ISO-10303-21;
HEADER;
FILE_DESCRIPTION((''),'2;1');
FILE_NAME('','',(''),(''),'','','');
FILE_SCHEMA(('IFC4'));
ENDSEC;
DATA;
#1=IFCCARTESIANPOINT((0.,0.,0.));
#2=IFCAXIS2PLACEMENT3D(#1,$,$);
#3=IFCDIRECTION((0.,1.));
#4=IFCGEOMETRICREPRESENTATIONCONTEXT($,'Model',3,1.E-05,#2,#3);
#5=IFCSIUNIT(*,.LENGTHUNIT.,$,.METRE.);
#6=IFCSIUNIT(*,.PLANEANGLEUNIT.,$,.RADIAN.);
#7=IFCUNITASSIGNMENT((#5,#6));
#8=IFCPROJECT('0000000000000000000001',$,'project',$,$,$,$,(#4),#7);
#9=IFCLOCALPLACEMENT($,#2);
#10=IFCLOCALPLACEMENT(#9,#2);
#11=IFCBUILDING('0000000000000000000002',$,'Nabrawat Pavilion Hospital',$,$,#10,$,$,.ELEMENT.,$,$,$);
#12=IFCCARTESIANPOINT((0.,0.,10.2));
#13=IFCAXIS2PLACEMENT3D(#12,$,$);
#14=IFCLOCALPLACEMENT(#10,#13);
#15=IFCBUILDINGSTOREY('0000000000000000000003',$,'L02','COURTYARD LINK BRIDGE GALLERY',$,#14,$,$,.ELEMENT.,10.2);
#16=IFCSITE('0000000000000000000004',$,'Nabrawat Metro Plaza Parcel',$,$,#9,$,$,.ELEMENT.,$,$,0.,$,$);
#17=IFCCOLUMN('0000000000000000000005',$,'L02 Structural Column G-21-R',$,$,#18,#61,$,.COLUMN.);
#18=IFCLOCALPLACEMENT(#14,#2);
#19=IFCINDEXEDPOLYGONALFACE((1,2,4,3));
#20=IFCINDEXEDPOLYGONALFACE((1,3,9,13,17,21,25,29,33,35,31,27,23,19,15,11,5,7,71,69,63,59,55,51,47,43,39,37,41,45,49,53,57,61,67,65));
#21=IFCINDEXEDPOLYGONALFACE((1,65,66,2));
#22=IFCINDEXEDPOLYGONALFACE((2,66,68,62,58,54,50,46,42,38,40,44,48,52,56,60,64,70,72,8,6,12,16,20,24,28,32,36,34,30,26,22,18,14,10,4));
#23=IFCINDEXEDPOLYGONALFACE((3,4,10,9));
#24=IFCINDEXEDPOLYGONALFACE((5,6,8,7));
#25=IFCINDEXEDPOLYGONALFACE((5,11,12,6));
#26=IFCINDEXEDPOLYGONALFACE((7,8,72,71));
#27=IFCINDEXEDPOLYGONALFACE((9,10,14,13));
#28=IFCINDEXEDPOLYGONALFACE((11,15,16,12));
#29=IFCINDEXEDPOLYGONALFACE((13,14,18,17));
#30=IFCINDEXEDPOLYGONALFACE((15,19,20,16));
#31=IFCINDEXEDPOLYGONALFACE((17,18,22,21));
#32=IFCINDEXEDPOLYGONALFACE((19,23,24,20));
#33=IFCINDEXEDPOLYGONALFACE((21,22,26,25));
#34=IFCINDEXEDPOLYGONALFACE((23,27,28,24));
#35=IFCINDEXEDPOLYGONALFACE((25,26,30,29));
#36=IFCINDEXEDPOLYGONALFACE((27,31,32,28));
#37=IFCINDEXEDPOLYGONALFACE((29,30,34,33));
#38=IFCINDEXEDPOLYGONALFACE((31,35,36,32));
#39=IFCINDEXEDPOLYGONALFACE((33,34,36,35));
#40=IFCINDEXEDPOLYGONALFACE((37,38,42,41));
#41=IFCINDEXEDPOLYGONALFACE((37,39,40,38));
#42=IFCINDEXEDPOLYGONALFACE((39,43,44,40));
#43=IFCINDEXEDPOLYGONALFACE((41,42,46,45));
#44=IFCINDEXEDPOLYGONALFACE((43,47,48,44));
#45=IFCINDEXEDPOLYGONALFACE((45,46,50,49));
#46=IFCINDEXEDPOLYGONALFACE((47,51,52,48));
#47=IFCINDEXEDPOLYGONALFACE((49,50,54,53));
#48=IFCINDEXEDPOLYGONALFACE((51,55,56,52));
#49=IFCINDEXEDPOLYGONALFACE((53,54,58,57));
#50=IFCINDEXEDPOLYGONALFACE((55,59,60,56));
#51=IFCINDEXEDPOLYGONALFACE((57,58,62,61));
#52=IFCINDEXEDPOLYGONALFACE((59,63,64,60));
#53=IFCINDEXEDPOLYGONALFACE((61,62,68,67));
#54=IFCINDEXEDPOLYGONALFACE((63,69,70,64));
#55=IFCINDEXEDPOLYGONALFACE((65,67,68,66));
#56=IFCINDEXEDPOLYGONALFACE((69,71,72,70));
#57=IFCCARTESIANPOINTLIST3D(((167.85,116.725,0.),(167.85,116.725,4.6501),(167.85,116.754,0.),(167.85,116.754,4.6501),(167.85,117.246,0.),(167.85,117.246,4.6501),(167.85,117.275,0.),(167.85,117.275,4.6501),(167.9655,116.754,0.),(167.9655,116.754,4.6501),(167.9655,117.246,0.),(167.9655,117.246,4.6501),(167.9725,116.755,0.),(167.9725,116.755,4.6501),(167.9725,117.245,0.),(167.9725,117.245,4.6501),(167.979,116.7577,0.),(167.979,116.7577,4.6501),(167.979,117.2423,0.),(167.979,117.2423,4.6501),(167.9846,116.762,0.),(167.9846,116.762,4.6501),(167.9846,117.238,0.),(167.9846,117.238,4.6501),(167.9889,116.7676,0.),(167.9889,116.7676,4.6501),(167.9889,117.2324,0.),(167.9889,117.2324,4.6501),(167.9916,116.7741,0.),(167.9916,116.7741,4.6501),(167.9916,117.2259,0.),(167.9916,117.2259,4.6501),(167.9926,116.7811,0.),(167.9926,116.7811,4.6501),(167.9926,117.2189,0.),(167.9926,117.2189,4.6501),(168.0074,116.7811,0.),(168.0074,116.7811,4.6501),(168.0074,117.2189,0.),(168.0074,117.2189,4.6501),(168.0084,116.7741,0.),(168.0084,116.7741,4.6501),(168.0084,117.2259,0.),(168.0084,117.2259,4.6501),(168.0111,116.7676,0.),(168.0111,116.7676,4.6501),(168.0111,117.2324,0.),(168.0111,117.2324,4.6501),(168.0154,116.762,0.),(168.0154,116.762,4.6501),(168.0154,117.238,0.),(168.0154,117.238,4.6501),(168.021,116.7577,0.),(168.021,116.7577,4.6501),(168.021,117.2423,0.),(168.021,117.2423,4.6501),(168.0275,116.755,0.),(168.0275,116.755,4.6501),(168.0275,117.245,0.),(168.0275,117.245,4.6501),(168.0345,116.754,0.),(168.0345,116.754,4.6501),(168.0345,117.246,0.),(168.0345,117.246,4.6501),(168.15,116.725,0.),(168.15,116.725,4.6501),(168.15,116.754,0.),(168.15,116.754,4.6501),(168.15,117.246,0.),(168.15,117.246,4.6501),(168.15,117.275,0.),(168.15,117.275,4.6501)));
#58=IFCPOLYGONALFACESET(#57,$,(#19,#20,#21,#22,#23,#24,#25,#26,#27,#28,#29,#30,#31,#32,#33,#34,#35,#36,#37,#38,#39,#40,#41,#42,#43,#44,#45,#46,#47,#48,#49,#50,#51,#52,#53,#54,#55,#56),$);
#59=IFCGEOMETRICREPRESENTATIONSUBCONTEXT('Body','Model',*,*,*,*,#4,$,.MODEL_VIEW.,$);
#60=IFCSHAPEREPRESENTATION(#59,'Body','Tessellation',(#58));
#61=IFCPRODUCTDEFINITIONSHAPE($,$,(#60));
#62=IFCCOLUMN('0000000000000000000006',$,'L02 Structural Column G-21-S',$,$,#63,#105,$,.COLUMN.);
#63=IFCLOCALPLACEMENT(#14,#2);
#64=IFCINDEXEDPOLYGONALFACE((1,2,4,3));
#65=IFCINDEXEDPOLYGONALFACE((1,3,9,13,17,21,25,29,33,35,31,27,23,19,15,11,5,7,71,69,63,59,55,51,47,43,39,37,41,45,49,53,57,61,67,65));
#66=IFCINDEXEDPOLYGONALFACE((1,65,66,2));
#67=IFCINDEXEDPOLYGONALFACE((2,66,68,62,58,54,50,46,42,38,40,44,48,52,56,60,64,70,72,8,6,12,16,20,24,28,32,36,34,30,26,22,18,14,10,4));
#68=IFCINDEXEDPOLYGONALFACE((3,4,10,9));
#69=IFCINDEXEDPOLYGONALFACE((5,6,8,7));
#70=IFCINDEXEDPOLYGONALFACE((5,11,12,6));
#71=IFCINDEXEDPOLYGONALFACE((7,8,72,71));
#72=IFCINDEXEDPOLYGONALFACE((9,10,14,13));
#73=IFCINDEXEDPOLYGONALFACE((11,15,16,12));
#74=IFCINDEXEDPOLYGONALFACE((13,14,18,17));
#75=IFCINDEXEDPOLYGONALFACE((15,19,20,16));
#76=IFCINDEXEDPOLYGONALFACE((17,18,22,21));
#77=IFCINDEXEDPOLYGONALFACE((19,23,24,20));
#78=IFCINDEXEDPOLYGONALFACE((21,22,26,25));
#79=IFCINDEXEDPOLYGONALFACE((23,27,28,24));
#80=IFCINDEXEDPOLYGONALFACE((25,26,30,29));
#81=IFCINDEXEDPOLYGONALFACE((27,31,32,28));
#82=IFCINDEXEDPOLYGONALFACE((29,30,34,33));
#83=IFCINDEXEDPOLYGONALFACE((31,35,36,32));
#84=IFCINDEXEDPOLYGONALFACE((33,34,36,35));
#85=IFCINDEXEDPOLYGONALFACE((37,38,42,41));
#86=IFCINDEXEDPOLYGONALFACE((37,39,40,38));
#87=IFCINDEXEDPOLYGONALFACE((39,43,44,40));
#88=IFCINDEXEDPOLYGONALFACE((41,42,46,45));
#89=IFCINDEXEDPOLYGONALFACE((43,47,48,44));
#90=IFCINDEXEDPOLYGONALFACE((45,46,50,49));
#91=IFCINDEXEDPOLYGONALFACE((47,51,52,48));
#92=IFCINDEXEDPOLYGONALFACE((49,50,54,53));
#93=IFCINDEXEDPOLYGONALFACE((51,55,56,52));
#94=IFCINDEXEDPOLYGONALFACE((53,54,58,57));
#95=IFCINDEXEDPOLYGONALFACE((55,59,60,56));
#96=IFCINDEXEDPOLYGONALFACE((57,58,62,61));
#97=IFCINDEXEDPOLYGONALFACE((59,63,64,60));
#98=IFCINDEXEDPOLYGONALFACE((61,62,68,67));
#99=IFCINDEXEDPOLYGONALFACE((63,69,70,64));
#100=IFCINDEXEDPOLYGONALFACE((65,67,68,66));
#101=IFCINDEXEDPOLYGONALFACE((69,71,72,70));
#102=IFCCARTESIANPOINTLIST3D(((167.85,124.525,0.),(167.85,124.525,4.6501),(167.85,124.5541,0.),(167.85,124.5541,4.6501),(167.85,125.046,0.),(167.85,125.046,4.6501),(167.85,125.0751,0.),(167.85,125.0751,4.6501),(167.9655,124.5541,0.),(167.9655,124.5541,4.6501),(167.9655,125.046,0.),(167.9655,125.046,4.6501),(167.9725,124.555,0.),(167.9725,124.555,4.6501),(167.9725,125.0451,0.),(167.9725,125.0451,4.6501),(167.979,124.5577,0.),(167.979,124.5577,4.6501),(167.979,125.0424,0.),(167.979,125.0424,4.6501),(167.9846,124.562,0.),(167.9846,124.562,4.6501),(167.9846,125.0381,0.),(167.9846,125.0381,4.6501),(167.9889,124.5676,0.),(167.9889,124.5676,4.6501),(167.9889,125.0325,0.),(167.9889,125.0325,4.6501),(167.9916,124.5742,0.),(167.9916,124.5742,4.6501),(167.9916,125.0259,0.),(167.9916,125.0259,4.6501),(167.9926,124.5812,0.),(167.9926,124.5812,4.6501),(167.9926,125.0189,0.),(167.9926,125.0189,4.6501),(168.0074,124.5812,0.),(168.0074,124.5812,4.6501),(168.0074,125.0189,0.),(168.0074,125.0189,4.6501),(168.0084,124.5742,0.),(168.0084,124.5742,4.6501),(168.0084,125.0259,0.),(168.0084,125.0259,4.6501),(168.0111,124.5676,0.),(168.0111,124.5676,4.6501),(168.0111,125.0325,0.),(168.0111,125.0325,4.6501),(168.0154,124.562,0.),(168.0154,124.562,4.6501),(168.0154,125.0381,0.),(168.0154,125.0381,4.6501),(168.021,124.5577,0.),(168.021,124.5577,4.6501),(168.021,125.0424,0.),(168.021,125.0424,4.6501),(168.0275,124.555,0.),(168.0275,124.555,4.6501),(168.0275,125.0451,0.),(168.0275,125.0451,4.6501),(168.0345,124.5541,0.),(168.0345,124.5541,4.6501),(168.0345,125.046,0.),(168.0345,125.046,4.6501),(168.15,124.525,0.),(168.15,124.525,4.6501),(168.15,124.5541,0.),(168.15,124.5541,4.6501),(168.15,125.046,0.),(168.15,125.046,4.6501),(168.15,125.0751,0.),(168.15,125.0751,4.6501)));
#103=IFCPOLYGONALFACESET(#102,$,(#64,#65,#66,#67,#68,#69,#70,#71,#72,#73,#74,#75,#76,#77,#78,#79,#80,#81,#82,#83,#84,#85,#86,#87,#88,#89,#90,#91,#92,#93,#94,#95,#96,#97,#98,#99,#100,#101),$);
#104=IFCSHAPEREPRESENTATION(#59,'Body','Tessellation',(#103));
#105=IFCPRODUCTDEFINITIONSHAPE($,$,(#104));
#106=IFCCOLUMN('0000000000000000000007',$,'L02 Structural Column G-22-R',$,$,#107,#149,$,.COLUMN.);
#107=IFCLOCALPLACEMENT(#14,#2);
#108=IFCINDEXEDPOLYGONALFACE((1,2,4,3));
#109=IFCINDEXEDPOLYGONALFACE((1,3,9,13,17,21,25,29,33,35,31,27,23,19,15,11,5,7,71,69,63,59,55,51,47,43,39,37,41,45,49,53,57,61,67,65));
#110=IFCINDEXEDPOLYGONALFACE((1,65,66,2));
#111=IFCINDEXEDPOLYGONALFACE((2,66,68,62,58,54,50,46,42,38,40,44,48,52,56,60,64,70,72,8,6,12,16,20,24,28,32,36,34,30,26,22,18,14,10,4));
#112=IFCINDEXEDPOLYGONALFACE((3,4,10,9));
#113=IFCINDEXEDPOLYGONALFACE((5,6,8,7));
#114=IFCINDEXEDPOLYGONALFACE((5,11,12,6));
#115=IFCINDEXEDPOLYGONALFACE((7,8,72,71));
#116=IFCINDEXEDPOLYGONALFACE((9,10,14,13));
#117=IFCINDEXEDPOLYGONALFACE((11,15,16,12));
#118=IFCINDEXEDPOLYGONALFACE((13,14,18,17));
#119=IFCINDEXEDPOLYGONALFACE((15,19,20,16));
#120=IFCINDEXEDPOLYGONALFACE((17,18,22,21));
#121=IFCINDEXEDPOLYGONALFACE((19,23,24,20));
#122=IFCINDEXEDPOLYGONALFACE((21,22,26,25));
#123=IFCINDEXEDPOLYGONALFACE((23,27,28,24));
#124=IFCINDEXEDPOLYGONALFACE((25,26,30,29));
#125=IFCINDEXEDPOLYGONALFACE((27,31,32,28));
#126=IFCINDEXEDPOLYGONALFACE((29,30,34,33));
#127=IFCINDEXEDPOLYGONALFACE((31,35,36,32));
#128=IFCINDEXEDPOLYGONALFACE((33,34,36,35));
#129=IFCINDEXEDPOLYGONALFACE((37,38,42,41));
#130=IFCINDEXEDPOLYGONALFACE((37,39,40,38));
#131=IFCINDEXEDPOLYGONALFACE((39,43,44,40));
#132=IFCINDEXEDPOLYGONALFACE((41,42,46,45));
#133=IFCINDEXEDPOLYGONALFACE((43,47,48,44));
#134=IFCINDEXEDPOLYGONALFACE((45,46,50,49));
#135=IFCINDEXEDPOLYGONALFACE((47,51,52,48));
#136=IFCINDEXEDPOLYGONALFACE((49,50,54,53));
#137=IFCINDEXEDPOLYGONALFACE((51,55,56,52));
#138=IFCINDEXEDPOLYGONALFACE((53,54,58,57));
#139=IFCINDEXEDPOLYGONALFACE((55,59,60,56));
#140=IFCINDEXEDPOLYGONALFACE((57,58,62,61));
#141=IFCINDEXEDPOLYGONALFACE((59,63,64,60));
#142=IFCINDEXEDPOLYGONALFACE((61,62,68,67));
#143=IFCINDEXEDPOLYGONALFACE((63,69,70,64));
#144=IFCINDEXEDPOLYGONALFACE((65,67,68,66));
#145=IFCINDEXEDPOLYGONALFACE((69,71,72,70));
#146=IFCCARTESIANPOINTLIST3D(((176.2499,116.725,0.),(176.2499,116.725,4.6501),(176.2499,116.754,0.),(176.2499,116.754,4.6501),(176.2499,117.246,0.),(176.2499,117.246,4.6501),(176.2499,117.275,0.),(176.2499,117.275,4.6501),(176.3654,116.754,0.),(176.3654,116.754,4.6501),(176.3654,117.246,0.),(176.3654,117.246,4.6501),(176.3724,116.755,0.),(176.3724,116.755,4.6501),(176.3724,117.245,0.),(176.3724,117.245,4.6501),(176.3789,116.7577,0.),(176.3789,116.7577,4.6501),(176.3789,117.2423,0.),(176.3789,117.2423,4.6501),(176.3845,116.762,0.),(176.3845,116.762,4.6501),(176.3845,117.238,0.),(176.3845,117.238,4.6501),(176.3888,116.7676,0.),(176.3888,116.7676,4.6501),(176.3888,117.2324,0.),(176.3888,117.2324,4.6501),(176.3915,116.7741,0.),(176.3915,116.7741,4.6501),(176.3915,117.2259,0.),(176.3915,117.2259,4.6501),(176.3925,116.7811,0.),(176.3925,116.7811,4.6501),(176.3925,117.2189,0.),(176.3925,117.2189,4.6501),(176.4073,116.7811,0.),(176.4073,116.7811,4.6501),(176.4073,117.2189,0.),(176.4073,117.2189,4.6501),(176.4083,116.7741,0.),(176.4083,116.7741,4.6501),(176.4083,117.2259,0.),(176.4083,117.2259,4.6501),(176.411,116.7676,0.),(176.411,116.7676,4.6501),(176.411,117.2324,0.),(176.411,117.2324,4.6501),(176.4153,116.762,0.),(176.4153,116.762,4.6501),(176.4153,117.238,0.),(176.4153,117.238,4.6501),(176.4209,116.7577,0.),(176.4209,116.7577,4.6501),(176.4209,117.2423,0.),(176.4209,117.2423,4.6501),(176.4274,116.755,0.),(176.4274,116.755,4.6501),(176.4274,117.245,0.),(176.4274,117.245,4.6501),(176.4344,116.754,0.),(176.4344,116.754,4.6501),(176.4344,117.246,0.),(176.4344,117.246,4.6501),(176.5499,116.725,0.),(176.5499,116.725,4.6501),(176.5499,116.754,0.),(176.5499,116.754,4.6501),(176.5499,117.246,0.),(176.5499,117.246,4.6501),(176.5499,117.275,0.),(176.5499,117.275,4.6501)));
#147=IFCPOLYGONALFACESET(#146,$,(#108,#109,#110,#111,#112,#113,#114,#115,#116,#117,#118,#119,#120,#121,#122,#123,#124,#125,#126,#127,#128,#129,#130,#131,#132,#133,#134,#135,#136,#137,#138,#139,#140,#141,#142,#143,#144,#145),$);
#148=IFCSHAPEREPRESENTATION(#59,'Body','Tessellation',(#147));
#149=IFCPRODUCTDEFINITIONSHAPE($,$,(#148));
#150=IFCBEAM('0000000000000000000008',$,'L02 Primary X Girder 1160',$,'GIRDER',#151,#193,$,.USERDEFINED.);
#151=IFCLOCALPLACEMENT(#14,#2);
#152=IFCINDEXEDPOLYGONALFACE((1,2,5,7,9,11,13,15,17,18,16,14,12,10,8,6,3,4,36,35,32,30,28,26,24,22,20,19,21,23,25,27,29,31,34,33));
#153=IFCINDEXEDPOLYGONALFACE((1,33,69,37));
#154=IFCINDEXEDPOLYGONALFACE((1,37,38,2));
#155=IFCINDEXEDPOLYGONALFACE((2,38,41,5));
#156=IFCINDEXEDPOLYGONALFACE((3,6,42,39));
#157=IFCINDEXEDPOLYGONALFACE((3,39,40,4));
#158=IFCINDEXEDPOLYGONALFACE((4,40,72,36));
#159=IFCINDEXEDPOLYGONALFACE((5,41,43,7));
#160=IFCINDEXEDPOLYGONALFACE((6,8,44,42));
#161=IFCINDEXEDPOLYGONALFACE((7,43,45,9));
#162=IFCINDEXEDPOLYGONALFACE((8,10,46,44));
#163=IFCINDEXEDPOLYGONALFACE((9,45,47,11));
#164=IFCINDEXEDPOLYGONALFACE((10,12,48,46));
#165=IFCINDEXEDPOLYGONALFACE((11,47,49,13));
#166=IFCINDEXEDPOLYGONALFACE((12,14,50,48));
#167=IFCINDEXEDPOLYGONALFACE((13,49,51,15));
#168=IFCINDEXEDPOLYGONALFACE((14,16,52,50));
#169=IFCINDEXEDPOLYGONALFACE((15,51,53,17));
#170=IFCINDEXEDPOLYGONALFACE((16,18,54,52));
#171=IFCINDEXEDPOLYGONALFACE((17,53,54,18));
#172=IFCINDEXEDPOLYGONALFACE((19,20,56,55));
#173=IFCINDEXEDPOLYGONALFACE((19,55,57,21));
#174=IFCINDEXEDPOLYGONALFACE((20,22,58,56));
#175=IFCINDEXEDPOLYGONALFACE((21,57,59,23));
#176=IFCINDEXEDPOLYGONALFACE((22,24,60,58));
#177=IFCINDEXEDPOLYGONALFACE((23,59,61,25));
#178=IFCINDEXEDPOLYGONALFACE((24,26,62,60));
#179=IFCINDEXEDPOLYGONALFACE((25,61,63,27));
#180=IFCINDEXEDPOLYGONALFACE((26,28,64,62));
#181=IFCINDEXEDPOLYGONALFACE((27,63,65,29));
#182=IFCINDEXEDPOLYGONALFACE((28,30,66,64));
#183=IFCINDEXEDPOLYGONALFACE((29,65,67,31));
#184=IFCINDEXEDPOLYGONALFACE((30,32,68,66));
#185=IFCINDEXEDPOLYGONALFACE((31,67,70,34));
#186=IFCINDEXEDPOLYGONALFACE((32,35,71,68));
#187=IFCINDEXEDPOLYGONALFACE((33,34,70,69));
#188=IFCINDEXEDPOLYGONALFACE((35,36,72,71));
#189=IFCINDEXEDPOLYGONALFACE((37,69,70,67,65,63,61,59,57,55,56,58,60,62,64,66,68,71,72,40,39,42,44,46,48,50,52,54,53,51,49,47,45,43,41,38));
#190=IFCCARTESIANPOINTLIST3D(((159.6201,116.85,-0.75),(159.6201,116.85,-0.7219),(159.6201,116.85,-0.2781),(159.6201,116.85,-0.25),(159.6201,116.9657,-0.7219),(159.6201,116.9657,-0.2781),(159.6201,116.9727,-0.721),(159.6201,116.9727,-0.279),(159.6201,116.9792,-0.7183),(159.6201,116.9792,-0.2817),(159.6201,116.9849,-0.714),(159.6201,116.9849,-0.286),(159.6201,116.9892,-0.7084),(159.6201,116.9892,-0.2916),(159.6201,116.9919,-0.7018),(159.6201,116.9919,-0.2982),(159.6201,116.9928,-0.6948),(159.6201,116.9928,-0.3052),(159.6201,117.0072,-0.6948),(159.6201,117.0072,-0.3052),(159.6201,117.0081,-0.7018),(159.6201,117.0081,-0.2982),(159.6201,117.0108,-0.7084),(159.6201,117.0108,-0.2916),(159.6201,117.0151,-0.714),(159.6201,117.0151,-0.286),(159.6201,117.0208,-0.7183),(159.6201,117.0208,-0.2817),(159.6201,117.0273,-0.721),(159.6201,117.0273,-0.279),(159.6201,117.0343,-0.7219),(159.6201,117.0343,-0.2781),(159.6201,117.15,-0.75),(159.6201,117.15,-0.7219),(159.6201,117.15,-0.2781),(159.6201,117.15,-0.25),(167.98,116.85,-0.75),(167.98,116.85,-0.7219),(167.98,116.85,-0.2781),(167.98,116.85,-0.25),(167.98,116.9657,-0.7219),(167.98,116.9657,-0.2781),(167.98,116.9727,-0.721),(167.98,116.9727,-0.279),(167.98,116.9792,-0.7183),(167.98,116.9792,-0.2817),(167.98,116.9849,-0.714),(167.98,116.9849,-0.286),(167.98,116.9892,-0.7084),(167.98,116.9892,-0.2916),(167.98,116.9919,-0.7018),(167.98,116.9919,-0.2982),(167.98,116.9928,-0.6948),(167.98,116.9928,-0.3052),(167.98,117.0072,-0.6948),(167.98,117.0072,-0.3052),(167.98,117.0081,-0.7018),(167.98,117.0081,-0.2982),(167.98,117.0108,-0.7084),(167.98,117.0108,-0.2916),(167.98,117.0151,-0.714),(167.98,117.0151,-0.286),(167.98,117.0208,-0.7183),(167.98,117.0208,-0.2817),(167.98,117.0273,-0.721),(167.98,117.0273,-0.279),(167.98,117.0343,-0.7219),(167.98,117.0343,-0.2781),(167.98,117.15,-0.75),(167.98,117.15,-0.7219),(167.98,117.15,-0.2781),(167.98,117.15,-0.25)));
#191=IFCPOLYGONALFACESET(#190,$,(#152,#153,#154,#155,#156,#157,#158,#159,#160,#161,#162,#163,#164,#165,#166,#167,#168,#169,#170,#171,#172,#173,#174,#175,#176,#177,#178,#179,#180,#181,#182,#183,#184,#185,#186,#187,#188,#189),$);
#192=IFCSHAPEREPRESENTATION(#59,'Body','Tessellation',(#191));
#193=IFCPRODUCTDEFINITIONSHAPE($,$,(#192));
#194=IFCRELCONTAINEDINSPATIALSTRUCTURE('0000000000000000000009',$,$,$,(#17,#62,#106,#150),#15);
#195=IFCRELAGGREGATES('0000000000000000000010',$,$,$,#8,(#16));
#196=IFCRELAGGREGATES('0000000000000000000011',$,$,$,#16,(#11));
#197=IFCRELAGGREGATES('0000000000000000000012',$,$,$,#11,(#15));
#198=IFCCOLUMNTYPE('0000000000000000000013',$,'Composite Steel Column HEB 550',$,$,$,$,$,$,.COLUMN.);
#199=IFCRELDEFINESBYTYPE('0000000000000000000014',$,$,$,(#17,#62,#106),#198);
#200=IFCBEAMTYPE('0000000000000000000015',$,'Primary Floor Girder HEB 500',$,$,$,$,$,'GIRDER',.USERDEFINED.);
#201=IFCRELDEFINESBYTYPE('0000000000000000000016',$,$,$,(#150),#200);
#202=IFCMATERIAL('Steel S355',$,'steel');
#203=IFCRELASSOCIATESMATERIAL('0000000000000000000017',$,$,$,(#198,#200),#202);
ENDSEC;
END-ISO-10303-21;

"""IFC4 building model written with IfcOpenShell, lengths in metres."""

from ifc_helpers import new_model, si_unit, direction, frame, origin, origin_2d, place, context, subcontext, project, spatial, i_section, extrude, material, material_profile, profile_set, type_object, element, save


model = new_model("IFC4")

# Units and contexts
model_context = context("Model", 3, precision=1e-05, world=origin(), true_north=direction((0.0, 1.0)))
body_context = subcontext(model_context, "Body", "Model", "MODEL_VIEW")
ifc_project = project(units=[si_unit("LENGTHUNIT", "METRE"), si_unit("PLANEANGLEUNIT", "RADIAN")], contexts=[model_context])

# Site, building, storey
site_placement = place(None, origin())
site = spatial("IfcSite", under=ifc_project, at=site_placement, Name="Nabrawat Metro Plaza Parcel", CompositionType="ELEMENT", RefElevation=0.0)
building_placement = place(site_placement, origin())
building = spatial("IfcBuilding", under=site, at=building_placement, Name="Nabrawat Pavilion Hospital", CompositionType="ELEMENT")
storey_placement = place(building_placement, frame((0.0, 0.0, 10.2)))
storey = spatial("IfcBuildingStorey", under=building, at=storey_placement, Name="L02", Description="COURTYARD LINK BRIDGE GALLERY", CompositionType="ELEMENT", Elevation=10.2)

# Columns
ifc_material_1 = material(Name="Steel S355", Category="steel")
ifc_material_profile_1 = material_profile(ifc_material_1, i_section(OverallWidth=0.3, OverallDepth=0.55, WebThickness=0.0149, FlangeThickness=0.0291, FilletRadius=0.0271, at=origin_2d()), Name="HEB 550")
ifc_profile_set_1 = profile_set([ifc_material_profile_1], Name="Steel S355")
column_type = type_object("IfcColumnType", Name="Composite Steel Column HEB 550", PredefinedType="COLUMN", material=ifc_profile_set_1)
for number, where, z_axis, x_axis, name in (
    (1, (168.0, 117.0, 0.0), (0.0, 0.0, 1.0), (1.0, 0.0, 0.0), "L02 Structural Column G-21-R"),
    (2, (168.0, 124.8, 0.0), (0.0, 0.0, 1.0), (1.0, 0.0, 0.0), "L02 Structural Column G-21-S"),
    (3, (176.3999, 117.0, 0.0), (0.0, 0.0, 1.0), (1.0, 0.0, 0.0), "L02 Structural Column G-22-R"),
):
    element("IfcColumn", number, at=place(storey_placement, frame(where, z_axis=z_axis, x_axis=x_axis)), inside=storey, type_object=column_type, Name=name, PredefinedType="COLUMN", context=body_context, shape_type="SweptSolid", body=[
        extrude(i_section(OverallWidth=0.3, OverallDepth=0.55, WebThickness=0.0149, FlangeThickness=0.0291, FilletRadius=0.0271, at=origin_2d()), origin(), (0.0, 0.0, 1.0), 4.6501),
    ])

# Beam
ifc_material_profile_2 = material_profile(ifc_material_1, i_section(OverallWidth=0.3, OverallDepth=0.5, WebThickness=0.0144, FlangeThickness=0.0281, FilletRadius=0.0271, at=origin_2d()), Name="HEB 500")
ifc_profile_set_2 = profile_set([ifc_material_profile_2], Name="Steel S355")
beam_type_1 = type_object("IfcBeamType", Name="Primary Floor Girder HEB 500", ElementType="GIRDER", PredefinedType="USERDEFINED", material=ifc_profile_set_2)
for number, where, z_axis, x_axis, name in (
    (4, (159.6201, 117.0, -0.5), (1.0, 0.0, 0.0), (0.0, 1.0, 0.0), "L02 Primary X Girder 1160"),
):
    element("IfcBeam", number, at=place(storey_placement, frame(where, z_axis=z_axis, x_axis=x_axis)), inside=storey, type_object=beam_type_1, Name=name, ObjectType="GIRDER", PredefinedType="USERDEFINED", context=body_context, shape_type="SweptSolid", body=[
        extrude(i_section(OverallWidth=0.3, OverallDepth=0.5, WebThickness=0.0144, FlangeThickness=0.0281, FilletRadius=0.0271, at=origin_2d()), origin(), (0.0, 0.0, 1.0), 8.3599),
    ])

save(model, "model.ifc")
